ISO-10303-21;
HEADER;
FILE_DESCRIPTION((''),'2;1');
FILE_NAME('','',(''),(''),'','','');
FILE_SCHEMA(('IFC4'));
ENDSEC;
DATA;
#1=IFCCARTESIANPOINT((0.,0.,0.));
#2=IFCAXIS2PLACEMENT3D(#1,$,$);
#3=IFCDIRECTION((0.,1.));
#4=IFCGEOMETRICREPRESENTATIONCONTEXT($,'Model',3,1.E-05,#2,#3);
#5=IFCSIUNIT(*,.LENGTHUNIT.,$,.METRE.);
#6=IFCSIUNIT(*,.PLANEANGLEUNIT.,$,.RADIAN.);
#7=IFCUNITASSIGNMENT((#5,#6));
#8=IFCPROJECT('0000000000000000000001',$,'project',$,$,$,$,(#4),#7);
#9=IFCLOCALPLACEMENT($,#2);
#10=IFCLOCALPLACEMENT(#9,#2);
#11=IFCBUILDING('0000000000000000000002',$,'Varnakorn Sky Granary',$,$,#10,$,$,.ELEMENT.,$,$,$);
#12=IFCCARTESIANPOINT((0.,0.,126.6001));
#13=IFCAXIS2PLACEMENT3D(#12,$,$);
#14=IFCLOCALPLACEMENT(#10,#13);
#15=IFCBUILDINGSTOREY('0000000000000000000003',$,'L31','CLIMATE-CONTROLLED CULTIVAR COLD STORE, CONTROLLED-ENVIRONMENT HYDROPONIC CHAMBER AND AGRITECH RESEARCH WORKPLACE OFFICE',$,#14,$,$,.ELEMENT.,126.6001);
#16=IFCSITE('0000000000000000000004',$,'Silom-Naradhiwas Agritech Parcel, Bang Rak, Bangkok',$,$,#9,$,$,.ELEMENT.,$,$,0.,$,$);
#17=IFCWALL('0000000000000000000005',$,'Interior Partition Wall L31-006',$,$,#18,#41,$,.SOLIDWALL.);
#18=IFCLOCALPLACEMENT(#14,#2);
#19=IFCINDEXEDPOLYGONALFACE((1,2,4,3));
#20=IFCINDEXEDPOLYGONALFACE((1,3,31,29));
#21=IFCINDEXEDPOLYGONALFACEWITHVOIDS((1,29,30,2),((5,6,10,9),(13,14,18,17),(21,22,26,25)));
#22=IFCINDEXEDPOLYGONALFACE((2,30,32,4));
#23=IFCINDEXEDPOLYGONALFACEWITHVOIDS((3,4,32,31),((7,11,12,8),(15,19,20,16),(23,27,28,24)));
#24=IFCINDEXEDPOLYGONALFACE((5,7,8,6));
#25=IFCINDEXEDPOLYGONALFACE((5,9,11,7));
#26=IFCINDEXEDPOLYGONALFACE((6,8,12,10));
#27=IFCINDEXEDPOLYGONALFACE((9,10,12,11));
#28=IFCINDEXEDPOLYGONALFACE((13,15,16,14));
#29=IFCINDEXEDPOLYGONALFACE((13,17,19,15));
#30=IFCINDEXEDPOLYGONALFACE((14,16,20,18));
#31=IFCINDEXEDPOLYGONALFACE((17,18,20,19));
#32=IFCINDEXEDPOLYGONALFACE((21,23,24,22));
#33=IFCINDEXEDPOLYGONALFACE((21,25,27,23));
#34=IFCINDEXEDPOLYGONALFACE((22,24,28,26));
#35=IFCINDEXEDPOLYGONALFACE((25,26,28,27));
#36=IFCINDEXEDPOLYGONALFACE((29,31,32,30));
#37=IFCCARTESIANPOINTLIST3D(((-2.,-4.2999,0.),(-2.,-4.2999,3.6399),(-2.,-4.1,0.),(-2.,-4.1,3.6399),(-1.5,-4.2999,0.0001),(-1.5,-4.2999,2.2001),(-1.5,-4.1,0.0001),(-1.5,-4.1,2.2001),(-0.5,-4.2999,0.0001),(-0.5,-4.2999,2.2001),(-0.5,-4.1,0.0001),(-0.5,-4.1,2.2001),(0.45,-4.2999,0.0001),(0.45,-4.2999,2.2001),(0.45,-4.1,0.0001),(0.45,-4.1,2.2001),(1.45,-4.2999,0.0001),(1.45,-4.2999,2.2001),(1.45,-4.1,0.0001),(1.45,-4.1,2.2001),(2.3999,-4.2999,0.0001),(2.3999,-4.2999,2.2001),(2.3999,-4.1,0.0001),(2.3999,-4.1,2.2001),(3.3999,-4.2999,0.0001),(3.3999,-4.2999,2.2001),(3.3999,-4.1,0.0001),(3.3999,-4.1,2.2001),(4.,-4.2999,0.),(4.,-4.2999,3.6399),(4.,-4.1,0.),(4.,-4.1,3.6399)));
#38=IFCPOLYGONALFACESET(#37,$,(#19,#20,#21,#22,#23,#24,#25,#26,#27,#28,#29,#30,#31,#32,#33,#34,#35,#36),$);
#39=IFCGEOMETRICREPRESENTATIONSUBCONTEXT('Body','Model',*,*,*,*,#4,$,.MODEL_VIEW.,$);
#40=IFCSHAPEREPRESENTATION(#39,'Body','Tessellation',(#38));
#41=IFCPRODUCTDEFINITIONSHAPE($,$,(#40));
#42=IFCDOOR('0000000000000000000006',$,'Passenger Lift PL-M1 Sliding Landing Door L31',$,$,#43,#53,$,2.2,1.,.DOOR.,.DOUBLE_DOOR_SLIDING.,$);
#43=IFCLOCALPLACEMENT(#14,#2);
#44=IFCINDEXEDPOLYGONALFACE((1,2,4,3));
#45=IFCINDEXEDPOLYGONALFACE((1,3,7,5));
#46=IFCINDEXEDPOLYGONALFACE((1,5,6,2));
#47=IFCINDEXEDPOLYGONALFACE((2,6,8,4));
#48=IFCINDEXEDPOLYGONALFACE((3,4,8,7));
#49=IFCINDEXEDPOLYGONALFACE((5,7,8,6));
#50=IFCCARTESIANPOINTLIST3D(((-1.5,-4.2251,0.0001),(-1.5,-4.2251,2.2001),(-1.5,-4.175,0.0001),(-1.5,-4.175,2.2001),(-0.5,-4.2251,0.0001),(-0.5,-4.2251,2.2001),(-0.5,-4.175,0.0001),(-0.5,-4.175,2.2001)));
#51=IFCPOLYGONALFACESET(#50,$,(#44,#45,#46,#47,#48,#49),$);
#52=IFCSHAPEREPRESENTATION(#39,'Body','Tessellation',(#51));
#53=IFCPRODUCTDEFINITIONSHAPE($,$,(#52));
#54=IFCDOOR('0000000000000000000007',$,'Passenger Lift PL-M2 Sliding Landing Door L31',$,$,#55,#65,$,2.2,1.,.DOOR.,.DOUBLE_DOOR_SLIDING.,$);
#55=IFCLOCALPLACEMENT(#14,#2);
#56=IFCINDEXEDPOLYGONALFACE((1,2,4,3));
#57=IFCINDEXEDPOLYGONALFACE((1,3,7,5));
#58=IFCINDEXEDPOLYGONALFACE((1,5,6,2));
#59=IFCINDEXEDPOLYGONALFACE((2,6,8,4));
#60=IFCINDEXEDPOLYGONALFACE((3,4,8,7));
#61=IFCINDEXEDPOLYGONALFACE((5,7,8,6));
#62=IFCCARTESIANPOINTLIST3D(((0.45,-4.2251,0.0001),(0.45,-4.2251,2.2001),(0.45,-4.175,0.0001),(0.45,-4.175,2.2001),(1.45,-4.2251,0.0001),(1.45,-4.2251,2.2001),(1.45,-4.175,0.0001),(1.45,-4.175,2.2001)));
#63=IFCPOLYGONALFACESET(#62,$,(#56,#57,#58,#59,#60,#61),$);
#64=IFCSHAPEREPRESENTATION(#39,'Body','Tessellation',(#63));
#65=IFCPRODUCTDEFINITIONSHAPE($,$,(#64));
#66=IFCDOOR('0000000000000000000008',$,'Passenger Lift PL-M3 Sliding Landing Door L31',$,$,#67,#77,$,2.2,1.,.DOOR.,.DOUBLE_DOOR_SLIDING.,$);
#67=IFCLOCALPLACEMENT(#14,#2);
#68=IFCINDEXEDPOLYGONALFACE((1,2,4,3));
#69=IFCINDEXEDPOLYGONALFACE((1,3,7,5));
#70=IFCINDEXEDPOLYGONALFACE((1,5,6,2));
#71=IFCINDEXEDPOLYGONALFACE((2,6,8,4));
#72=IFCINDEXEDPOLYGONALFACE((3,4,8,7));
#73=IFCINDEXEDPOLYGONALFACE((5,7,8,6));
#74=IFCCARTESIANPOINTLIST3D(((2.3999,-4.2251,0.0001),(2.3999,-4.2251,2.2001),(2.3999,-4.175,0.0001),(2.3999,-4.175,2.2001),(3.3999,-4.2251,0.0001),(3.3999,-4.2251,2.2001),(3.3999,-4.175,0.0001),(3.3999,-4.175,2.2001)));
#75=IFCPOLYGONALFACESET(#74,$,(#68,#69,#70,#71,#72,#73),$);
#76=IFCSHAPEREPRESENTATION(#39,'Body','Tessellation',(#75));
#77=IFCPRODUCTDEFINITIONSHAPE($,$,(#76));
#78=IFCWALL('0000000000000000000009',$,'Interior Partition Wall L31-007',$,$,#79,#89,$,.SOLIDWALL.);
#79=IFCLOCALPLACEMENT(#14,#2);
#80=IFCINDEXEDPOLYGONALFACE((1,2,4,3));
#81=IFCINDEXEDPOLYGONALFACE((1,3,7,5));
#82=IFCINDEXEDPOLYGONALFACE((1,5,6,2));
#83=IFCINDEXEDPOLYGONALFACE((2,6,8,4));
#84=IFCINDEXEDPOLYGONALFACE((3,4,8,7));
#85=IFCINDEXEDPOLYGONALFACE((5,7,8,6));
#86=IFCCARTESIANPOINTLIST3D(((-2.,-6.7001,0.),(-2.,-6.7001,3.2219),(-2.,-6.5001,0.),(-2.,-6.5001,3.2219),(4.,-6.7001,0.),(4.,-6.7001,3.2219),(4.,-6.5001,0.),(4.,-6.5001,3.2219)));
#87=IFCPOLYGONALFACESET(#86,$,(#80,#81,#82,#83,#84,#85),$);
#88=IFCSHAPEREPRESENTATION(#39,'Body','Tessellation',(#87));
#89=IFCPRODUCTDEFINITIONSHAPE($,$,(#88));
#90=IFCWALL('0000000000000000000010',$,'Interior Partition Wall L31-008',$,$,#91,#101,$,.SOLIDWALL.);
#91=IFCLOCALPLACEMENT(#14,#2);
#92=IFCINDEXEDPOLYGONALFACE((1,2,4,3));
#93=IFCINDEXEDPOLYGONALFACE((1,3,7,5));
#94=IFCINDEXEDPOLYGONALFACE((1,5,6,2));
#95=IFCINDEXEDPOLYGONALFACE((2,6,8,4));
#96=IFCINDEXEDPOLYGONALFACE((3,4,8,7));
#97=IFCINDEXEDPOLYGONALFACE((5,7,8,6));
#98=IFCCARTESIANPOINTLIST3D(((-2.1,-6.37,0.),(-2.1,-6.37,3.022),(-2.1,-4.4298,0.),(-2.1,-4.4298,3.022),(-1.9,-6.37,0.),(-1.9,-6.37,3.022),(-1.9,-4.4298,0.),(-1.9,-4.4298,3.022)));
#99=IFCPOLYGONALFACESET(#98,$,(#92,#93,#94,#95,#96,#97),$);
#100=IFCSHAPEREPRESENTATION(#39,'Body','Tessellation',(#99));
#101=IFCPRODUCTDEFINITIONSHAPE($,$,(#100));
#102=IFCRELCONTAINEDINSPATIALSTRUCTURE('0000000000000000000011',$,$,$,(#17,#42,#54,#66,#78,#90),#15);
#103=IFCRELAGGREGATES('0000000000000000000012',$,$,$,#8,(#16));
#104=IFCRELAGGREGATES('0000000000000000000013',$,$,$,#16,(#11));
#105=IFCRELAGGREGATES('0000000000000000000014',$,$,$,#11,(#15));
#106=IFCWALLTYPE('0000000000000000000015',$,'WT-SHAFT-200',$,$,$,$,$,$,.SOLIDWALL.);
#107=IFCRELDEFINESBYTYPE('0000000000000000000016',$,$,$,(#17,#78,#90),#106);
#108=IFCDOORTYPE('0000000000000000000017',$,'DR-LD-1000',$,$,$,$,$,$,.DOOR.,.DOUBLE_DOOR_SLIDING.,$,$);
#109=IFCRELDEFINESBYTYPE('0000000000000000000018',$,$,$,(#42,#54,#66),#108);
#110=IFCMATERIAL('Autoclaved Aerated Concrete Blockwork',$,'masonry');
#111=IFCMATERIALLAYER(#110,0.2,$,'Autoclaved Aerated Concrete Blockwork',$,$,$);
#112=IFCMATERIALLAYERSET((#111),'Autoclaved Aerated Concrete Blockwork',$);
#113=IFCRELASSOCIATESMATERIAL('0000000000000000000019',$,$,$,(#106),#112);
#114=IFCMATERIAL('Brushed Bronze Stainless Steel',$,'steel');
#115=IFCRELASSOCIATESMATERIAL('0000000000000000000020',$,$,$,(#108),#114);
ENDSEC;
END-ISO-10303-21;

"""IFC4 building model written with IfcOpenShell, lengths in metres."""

from ifc_helpers import new_model, si_unit, direction, frame, frame_2d, origin, place, context, subcontext, project, spatial, rectangle, extrude, material, layer, layer_set, type_object, element, fill, save


model = new_model("IFC4")

# Units and contexts
model_context = context("Model", 3, precision=1e-05, world=origin(), true_north=direction((0.0, 1.0)))
body_context = subcontext(model_context, "Body", "Model", "MODEL_VIEW")
ifc_project = project(units=[si_unit("LENGTHUNIT", "METRE"), si_unit("PLANEANGLEUNIT", "RADIAN")], contexts=[model_context])

# Site, building, storey
site_placement = place(None, origin())
site = spatial("IfcSite", under=ifc_project, at=site_placement, Name="Silom-Naradhiwas Agritech Parcel, Bang Rak, Bangkok", CompositionType="ELEMENT", RefElevation=0.0)
building_placement = place(site_placement, origin())
building = spatial("IfcBuilding", under=site, at=building_placement, Name="Varnakorn Sky Granary", CompositionType="ELEMENT")
storey_placement = place(building_placement, frame((0.0, 0.0, 126.6001)))
storey = spatial("IfcBuildingStorey", under=building, at=storey_placement, Name="L31", Description="CLIMATE-CONTROLLED CULTIVAR COLD STORE, CONTROLLED-ENVIRONMENT HYDROPONIC CHAMBER AND AGRITECH RESEARCH WORKPLACE OFFICE", CompositionType="ELEMENT", Elevation=126.6001)

# Shared definitions
ifc_material_1 = material(Name="Autoclaved Aerated Concrete Blockwork", Category="masonry")

# Wall, openings, doors
ifc_layer_1 = layer(ifc_material_1, 0.2, Name="Autoclaved Aerated Concrete Blockwork")
ifc_layer_set_1 = layer_set([ifc_layer_1], Name="Autoclaved Aerated Concrete Blockwork")
wall_type_1 = type_object("IfcWallType", Name="WT-SHAFT-200", PredefinedType="SOLIDWALL", material=ifc_layer_set_1)
wall_1_placement = place(storey_placement, frame((-2.0, -4.2, 0.0), z_axis=(0.0, 0.0, 1.0), x_axis=(1.0, 0.0, 0.0)))
wall_1 = element("IfcWall", 1, at=wall_1_placement, inside=storey, type_object=wall_type_1, Name="Interior Partition Wall L31-006", PredefinedType="SOLIDWALL", context=body_context, shape_type="SweptSolid", body=[
    extrude(rectangle(XDim=6.0, YDim=0.2, at=frame_2d((3.0, 0.0))), origin(), (0.0, 0.0, 1.0), 3.6399),
])
opening_1_placement = place(wall_1_placement, frame((0.5, 0.0, 0.0)))
opening_1 = element("IfcOpeningElement", 2, at=opening_1_placement, cuts=wall_1, PredefinedType="OPENING", context=body_context, shape_type="SweptSolid", body=[
    extrude(rectangle(XDim=1.0, YDim=2.2, at=frame_2d((0.5, 1.1001))), frame((0.0, 0.1099, 0.0), z_axis=(0.0, -1.0, 0.0), x_axis=(1.0, 0.0, 0.0)), (0.0, 0.0, 1.0), 0.22),
])
opening_2_placement = place(wall_1_placement, frame((2.45, 0.0, 0.0)))
opening_2 = element("IfcOpeningElement", 3, at=opening_2_placement, cuts=wall_1, PredefinedType="OPENING", context=body_context, shape_type="SweptSolid", body=[
    extrude(rectangle(XDim=1.0, YDim=2.2, at=frame_2d((0.5, 1.1001))), frame((0.0, 0.1099, 0.0), z_axis=(0.0, -1.0, 0.0), x_axis=(1.0, 0.0, 0.0)), (0.0, 0.0, 1.0), 0.22),
])
opening_3_placement = place(wall_1_placement, frame((4.3999, 0.0, 0.0)))
opening_3 = element("IfcOpeningElement", 4, at=opening_3_placement, cuts=wall_1, PredefinedType="OPENING", context=body_context, shape_type="SweptSolid", body=[
    extrude(rectangle(XDim=1.0, YDim=2.2, at=frame_2d((0.5, 1.1001))), frame((0.0, 0.1099, 0.0), z_axis=(0.0, -1.0, 0.0), x_axis=(1.0, 0.0, 0.0)), (0.0, 0.0, 1.0), 0.22),
])
ifc_material_2 = material(Name="Brushed Bronze Stainless Steel", Category="steel")
door_type_1 = type_object("IfcDoorType", Name="DR-LD-1000", OperationType="DOUBLE_DOOR_SLIDING", PredefinedType="DOOR", material=ifc_material_2)
door_1_placement = place(opening_1_placement, origin())
door_1 = element("IfcDoor", 5, at=door_1_placement, inside=storey, type_object=door_type_1, Name="Passenger Lift PL-M1 Sliding Landing Door L31", OperationType="DOUBLE_DOOR_SLIDING", OverallHeight=2.2, OverallWidth=1.0, PredefinedType="DOOR", context=body_context, shape_type="SweptSolid", body=[
    extrude(rectangle(XDim=1.0, YDim=2.2, at=frame_2d((0.5, 1.1001))), frame((0.0, 0.0249, 0.0), z_axis=(0.0, -1.0, 0.0), x_axis=(1.0, 0.0, 0.0)), (0.0, 0.0, 1.0), 0.05),
])
fill(opening_1, door_1)
door_2_placement = place(opening_2_placement, origin())
door_2 = element("IfcDoor", 6, at=door_2_placement, inside=storey, type_object=door_type_1, Name="Passenger Lift PL-M2 Sliding Landing Door L31", OperationType="DOUBLE_DOOR_SLIDING", OverallHeight=2.2, OverallWidth=1.0, PredefinedType="DOOR", context=body_context, shape_type="SweptSolid", body=[
    extrude(rectangle(XDim=1.0, YDim=2.2, at=frame_2d((0.5, 1.1001))), frame((0.0, 0.0249, 0.0), z_axis=(0.0, -1.0, 0.0), x_axis=(1.0, 0.0, 0.0)), (0.0, 0.0, 1.0), 0.05),
])
fill(opening_2, door_2)
door_3_placement = place(opening_3_placement, origin())
door_3 = element("IfcDoor", 7, at=door_3_placement, inside=storey, type_object=door_type_1, Name="Passenger Lift PL-M3 Sliding Landing Door L31", OperationType="DOUBLE_DOOR_SLIDING", OverallHeight=2.2, OverallWidth=1.0, PredefinedType="DOOR", context=body_context, shape_type="SweptSolid", body=[
    extrude(rectangle(XDim=1.0, YDim=2.2, at=frame_2d((0.5, 1.1001))), frame((0.0, 0.0249, 0.0), z_axis=(0.0, -1.0, 0.0), x_axis=(1.0, 0.0, 0.0)), (0.0, 0.0, 1.0), 0.05),
])
fill(opening_3, door_3)

# Walls
wall_2_placement = place(storey_placement, frame((-2.0, -6.6001, 0.0), z_axis=(0.0, 0.0, 1.0), x_axis=(1.0, 0.0, 0.0)))
element("IfcWall", 8, at=wall_2_placement, inside=storey, type_object=wall_type_1, Name="Interior Partition Wall L31-007", PredefinedType="SOLIDWALL", context=body_context, shape_type="SweptSolid", body=[
    extrude(rectangle(XDim=6.0, YDim=0.2, at=frame_2d((3.0, 0.0))), origin(), (0.0, 0.0, 1.0), 3.2219),
])
wall_3_placement = place(storey_placement, frame((-2.0, -6.3701, 0.0), z_axis=(0.0, 0.0, 1.0), x_axis=(0.0, 1.0, 0.0)))
element("IfcWall", 9, at=wall_3_placement, inside=storey, type_object=wall_type_1, Name="Interior Partition Wall L31-008", PredefinedType="SOLIDWALL", context=body_context, shape_type="SweptSolid", body=[
    extrude(rectangle(XDim=1.9402, YDim=0.2, at=frame_2d((0.9702, 0.0))), origin(), (0.0, 0.0, 1.0), 3.022),
])

save(model, "model.ifc")
